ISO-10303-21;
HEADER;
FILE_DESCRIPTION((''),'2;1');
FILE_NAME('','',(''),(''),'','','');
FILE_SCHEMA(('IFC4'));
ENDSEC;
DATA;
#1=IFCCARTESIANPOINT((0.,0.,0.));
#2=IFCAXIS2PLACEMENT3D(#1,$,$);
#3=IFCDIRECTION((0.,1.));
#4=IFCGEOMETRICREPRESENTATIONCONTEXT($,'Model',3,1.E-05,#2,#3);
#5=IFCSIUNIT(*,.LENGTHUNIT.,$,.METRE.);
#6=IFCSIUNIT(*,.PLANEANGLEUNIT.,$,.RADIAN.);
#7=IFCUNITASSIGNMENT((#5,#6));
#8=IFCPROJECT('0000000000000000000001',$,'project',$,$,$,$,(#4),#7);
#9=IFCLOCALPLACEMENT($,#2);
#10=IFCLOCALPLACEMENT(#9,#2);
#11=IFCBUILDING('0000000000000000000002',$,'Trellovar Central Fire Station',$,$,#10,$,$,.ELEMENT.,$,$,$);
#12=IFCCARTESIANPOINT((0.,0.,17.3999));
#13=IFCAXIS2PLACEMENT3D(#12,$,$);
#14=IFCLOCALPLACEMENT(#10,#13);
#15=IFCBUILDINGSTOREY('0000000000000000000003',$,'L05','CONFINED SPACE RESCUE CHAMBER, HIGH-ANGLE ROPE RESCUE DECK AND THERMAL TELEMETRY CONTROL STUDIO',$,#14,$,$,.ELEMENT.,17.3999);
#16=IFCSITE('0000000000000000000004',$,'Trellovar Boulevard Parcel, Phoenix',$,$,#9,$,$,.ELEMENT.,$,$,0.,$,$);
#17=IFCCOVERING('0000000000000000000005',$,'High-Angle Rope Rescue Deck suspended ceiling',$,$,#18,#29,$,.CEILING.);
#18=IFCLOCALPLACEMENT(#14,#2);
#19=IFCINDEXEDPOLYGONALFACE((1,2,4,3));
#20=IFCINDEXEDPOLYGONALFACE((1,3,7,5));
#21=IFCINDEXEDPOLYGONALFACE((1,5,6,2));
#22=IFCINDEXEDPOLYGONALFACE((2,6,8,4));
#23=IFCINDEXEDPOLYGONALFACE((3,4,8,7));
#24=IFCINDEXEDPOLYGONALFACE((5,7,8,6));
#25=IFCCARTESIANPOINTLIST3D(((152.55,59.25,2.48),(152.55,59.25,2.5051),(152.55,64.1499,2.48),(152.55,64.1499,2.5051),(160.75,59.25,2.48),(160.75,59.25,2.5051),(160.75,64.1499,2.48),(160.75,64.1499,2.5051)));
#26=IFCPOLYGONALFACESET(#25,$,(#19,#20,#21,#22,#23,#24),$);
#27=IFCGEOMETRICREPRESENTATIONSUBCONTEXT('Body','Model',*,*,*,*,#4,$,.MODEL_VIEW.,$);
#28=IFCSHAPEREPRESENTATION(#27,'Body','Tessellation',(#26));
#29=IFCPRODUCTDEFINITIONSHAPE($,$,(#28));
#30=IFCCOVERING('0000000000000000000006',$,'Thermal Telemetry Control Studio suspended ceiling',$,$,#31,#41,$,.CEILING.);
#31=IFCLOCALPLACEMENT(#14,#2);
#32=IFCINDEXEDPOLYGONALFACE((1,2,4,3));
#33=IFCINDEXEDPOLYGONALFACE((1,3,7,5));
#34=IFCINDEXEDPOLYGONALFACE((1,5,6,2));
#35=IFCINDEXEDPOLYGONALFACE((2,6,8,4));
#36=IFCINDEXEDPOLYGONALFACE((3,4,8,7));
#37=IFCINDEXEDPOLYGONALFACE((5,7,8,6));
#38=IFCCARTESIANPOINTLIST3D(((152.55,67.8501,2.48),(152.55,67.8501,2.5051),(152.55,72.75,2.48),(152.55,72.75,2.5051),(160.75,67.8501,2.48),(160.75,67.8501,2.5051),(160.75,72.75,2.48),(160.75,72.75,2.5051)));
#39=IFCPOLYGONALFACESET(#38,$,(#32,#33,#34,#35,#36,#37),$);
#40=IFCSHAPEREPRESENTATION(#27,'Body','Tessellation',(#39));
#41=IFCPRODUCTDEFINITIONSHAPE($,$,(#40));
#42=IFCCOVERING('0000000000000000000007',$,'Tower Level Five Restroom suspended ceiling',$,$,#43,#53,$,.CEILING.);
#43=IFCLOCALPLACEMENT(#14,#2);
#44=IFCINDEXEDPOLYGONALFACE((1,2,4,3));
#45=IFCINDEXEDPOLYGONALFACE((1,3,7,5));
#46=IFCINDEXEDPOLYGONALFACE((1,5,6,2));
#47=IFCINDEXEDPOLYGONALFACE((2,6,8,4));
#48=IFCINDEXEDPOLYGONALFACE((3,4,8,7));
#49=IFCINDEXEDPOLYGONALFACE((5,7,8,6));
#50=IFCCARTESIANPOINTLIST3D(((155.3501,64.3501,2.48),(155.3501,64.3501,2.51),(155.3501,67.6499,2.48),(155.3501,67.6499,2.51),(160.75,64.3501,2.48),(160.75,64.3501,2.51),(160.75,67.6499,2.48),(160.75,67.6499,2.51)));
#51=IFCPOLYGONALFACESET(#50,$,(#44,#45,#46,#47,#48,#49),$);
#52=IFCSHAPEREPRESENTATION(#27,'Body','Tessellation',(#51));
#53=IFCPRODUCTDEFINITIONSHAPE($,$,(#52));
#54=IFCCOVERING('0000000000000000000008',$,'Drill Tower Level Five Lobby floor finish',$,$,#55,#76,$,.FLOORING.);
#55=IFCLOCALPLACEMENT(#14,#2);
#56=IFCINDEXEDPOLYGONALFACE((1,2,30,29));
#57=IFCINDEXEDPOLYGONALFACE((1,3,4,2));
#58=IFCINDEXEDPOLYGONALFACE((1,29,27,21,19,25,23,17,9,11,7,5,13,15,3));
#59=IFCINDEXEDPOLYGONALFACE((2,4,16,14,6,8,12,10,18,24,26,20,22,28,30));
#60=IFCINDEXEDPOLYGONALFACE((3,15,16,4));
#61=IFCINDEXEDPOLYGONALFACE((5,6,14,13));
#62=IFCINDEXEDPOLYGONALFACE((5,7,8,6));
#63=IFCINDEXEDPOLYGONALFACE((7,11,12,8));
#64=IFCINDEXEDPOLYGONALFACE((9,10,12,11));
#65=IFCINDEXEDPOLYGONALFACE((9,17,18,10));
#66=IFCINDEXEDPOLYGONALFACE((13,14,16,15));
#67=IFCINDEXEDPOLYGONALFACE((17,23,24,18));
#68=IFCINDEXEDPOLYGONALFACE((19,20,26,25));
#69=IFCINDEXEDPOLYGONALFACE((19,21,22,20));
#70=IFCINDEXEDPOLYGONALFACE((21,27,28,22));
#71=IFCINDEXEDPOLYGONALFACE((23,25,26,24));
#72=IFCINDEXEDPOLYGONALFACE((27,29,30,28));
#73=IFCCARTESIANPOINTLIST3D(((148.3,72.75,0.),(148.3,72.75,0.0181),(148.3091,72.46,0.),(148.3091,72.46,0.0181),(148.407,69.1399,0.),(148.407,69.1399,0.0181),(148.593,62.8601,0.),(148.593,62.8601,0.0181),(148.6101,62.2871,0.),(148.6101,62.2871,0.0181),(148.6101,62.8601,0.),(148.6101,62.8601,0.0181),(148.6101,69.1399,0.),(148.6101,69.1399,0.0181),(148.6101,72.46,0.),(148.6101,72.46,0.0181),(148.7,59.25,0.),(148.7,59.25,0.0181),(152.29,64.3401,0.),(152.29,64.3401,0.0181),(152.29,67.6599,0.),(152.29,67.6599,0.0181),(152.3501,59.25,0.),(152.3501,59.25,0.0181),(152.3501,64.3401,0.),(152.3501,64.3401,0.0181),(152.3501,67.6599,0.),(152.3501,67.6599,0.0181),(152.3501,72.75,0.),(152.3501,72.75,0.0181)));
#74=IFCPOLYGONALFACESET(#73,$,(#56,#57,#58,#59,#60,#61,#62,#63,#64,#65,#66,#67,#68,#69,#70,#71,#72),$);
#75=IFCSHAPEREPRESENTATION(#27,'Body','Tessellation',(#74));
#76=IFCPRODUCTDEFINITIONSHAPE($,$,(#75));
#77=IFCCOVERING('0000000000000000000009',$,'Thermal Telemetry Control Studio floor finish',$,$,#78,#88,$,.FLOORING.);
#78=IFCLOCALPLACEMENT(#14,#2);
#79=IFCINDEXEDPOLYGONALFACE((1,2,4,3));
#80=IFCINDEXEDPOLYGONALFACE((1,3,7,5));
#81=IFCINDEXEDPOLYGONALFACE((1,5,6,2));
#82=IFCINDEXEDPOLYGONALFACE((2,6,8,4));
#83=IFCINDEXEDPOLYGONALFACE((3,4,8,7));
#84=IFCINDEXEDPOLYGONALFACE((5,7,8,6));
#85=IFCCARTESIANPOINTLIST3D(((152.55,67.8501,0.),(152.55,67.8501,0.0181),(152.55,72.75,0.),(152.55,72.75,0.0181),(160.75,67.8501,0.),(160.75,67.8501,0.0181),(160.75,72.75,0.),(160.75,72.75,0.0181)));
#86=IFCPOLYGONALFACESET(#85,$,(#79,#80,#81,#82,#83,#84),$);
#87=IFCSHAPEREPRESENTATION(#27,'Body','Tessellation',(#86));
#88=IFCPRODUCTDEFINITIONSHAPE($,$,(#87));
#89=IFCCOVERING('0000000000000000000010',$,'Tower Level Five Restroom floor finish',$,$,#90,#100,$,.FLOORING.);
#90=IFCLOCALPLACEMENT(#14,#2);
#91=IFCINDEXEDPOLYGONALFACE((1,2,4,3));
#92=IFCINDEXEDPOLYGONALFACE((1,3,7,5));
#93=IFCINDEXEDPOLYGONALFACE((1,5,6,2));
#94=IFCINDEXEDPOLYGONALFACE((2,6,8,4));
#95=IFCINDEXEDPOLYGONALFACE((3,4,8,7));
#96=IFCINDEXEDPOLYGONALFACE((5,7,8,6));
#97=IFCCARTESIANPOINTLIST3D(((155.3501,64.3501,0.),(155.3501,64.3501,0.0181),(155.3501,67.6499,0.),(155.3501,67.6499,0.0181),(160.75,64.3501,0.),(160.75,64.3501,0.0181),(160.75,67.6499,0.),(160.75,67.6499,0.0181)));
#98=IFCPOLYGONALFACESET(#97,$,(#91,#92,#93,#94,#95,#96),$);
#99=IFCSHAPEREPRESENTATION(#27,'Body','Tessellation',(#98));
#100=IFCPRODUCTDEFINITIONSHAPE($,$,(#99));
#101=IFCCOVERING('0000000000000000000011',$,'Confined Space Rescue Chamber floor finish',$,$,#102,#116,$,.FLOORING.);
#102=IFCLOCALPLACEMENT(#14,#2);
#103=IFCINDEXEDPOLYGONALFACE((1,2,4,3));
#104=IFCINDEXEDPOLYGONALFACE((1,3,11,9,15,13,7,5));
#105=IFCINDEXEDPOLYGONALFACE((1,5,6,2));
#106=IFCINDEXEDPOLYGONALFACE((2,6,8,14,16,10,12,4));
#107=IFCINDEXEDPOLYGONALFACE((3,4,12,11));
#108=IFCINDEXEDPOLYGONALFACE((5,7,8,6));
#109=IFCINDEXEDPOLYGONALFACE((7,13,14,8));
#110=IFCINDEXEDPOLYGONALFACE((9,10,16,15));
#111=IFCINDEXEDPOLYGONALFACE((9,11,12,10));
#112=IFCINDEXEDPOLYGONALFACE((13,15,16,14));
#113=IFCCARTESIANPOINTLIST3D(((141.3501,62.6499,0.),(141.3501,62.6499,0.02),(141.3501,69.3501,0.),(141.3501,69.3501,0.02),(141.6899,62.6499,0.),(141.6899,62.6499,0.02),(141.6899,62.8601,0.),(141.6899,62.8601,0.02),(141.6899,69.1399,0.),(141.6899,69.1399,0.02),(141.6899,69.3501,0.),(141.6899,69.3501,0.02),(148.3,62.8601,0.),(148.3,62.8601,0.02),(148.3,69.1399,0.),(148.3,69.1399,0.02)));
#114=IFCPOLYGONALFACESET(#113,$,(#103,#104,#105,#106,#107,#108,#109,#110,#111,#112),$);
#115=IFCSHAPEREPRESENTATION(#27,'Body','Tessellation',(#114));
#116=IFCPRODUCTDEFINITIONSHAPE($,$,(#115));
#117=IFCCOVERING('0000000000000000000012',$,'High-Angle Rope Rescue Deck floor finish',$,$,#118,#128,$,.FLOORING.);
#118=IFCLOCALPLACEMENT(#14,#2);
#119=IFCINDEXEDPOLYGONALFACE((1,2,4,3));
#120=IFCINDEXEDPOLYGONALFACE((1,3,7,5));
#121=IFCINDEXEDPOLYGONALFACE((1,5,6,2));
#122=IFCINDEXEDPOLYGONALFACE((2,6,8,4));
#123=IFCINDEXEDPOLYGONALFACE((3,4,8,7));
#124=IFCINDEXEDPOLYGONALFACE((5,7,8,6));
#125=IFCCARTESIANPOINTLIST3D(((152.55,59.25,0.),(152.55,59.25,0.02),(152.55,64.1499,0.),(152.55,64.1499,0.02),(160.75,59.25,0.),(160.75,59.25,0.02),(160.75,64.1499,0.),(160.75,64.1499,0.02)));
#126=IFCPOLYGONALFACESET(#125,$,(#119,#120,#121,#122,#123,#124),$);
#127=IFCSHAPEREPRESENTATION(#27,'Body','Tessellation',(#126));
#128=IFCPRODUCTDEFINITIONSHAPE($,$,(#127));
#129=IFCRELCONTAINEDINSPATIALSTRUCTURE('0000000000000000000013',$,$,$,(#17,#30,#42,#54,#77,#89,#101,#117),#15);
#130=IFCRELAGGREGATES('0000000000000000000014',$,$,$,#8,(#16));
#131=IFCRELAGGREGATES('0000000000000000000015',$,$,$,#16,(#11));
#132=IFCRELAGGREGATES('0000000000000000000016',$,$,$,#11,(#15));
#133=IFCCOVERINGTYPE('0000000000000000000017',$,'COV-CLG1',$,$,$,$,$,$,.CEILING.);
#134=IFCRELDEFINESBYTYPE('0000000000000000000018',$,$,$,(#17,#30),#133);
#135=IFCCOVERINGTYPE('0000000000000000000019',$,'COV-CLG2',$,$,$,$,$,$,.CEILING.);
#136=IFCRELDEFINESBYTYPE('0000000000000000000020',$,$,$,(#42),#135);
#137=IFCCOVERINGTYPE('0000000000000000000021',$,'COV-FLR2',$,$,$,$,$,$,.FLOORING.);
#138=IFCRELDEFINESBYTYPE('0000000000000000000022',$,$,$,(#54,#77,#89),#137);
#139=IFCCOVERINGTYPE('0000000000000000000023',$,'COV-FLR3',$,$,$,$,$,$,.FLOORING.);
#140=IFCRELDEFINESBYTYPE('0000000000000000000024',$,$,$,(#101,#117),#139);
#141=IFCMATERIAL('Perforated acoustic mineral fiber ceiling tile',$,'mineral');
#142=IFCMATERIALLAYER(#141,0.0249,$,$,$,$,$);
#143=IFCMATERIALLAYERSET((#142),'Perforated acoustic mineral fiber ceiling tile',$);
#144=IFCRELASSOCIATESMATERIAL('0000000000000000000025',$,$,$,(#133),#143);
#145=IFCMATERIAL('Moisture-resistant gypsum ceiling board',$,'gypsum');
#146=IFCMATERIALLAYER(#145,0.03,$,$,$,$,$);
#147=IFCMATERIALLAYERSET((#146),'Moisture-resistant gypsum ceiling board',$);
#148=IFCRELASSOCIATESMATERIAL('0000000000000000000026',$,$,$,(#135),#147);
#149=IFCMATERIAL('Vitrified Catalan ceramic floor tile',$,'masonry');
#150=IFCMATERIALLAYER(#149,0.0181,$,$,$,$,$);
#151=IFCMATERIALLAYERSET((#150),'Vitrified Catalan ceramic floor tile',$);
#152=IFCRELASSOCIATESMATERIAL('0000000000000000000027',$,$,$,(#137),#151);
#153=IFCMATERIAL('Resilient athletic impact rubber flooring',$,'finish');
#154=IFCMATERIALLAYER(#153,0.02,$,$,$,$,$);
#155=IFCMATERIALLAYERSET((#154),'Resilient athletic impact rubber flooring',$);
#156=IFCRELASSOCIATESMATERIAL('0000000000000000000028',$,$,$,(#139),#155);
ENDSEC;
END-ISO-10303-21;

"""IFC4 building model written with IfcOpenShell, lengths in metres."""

from ifc_helpers import new_model, si_unit, direction, frame, origin, place, context, subcontext, project, spatial, polyline, outline, extrude, material, layer, layer_set, type_object, element, save


model = new_model("IFC4")

# Units and contexts
model_context = context("Model", 3, precision=1e-05, world=origin(), true_north=direction((0.0, 1.0)))
body_context = subcontext(model_context, "Body", "Model", "MODEL_VIEW")
ifc_project = project(units=[si_unit("LENGTHUNIT", "METRE"), si_unit("PLANEANGLEUNIT", "RADIAN")], contexts=[model_context])

# Site, building, storey
site_placement = place(None, origin())
site = spatial("IfcSite", under=ifc_project, at=site_placement, Name="Trellovar Boulevard Parcel, Phoenix", CompositionType="ELEMENT", RefElevation=0.0)
building_placement = place(site_placement, origin())
building = spatial("IfcBuilding", under=site, at=building_placement, Name="Trellovar Central Fire Station", CompositionType="ELEMENT")
storey_placement = place(building_placement, frame((0.0, 0.0, 17.3999)))
storey = spatial("IfcBuildingStorey", under=building, at=storey_placement, Name="L05", Description="CONFINED SPACE RESCUE CHAMBER, HIGH-ANGLE ROPE RESCUE DECK AND THERMAL TELEMETRY CONTROL STUDIO", CompositionType="ELEMENT", Elevation=17.3999)

# Coverings
ifc_material_1 = material(Name="Perforated acoustic mineral fiber ceiling tile", Category="mineral")
ifc_layer_1 = layer(ifc_material_1, 0.0249)
ifc_layer_set_1 = layer_set([ifc_layer_1], Name="Perforated acoustic mineral fiber ceiling tile")
covering_type_1 = type_object("IfcCoveringType", Name="COV-CLG1", PredefinedType="CEILING", material=ifc_layer_set_1)
covering_1_placement = place(storey_placement, frame((0.0, 0.0, 2.48)))
element("IfcCovering", 1, at=covering_1_placement, inside=storey, type_object=covering_type_1, Name="High-Angle Rope Rescue Deck suspended ceiling", PredefinedType="CEILING", context=body_context, shape_type="SweptSolid", body=[
    extrude(outline(polyline([(160.75, 59.25), (152.55, 59.25), (152.55, 64.1499), (160.75, 64.1499), (160.75, 59.25)])), origin(), (0.0, 0.0, 1.0), 0.0251),
])
covering_2_placement = place(storey_placement, frame((0.0, 0.0, 2.48)))
element("IfcCovering", 2, at=covering_2_placement, inside=storey, type_object=covering_type_1, Name="Thermal Telemetry Control Studio suspended ceiling", PredefinedType="CEILING", context=body_context, shape_type="SweptSolid", body=[
    extrude(outline(polyline([(160.75, 67.8501), (152.55, 67.8501), (152.55, 72.75), (160.75, 72.75), (160.75, 67.8501)])), origin(), (0.0, 0.0, 1.0), 0.0251),
])
ifc_material_2 = material(Name="Moisture-resistant gypsum ceiling board", Category="gypsum")
ifc_layer_2 = layer(ifc_material_2, 0.03)
ifc_layer_set_2 = layer_set([ifc_layer_2], Name="Moisture-resistant gypsum ceiling board")
covering_type_2 = type_object("IfcCoveringType", Name="COV-CLG2", PredefinedType="CEILING", material=ifc_layer_set_2)
covering_3_placement = place(storey_placement, frame((0.0, 0.0, 2.48)))
element("IfcCovering", 3, at=covering_3_placement, inside=storey, type_object=covering_type_2, Name="Tower Level Five Restroom suspended ceiling", PredefinedType="CEILING", context=body_context, shape_type="SweptSolid", body=[
    extrude(outline(polyline([(160.75, 64.3501), (155.3501, 64.3501), (155.3501, 67.6499), (160.75, 67.6499), (160.75, 64.3501)])), origin(), (0.0, 0.0, 1.0), 0.03),
])
ifc_material_3 = material(Name="Vitrified Catalan ceramic floor tile", Category="masonry")
ifc_layer_3 = layer(ifc_material_3, 0.0181)
ifc_layer_set_3 = layer_set([ifc_layer_3], Name="Vitrified Catalan ceramic floor tile")
covering_type_3 = type_object("IfcCoveringType", Name="COV-FLR2", PredefinedType="FLOORING", material=ifc_layer_set_3)
covering_4_placement = place(storey_placement, origin())
element("IfcCovering", 4, at=covering_4_placement, inside=storey, type_object=covering_type_3, Name="Drill Tower Level Five Lobby floor finish", PredefinedType="FLOORING", context=body_context, shape_type="SweptSolid", body=[
    extrude(outline(polyline([(152.3501, 67.6599), (152.29, 67.6599), (152.29, 64.3401), (152.3501, 64.3401), (152.3501, 59.25), (148.7, 59.25), (148.6101, 62.2871), (148.6101, 62.8601), (148.593, 62.8601), (148.407, 69.1399), (148.6101, 69.1399), (148.6101, 72.46), (148.3091, 72.46), (148.3, 72.75), (152.3501, 72.75), (152.3501, 67.6599)])), origin(), (0.0, 0.0, 1.0), 0.0181),
])
covering_5_placement = place(storey_placement, origin())
element("IfcCovering", 5, at=covering_5_placement, inside=storey, type_object=covering_type_3, Name="Thermal Telemetry Control Studio floor finish", PredefinedType="FLOORING", context=body_context, shape_type="SweptSolid", body=[
    extrude(outline(polyline([(160.75, 67.8501), (152.55, 67.8501), (152.55, 72.75), (160.75, 72.75), (160.75, 67.8501)])), origin(), (0.0, 0.0, 1.0), 0.0181),
])
covering_6_placement = place(storey_placement, origin())
element("IfcCovering", 6, at=covering_6_placement, inside=storey, type_object=covering_type_3, Name="Tower Level Five Restroom floor finish", PredefinedType="FLOORING", context=body_context, shape_type="SweptSolid", body=[
    extrude(outline(polyline([(160.75, 64.3501), (155.3501, 64.3501), (155.3501, 67.6499), (160.75, 67.6499), (160.75, 64.3501)])), origin(), (0.0, 0.0, 1.0), 0.0181),
])
ifc_material_4 = material(Name="Resilient athletic impact rubber flooring", Category="finish")
ifc_layer_4 = layer(ifc_material_4, 0.02)
ifc_layer_set_4 = layer_set([ifc_layer_4], Name="Resilient athletic impact rubber flooring")
covering_type_4 = type_object("IfcCoveringType", Name="COV-FLR3", PredefinedType="FLOORING", material=ifc_layer_set_4)
covering_7_placement = place(storey_placement, origin())
element("IfcCovering", 7, at=covering_7_placement, inside=storey, type_object=covering_type_4, Name="Confined Space Rescue Chamber floor finish", PredefinedType="FLOORING", context=body_context, shape_type="SweptSolid", body=[
    extrude(outline(polyline([(141.6899, 69.3501), (141.6899, 69.1399), (148.3, 69.1399), (148.3, 62.8601), (141.6899, 62.8601), (141.6899, 62.6499), (141.3501, 62.6499), (141.3501, 69.3501), (141.6899, 69.3501)])), origin(), (0.0, 0.0, 1.0), 0.02),
])
covering_8_placement = place(storey_placement, origin())
element("IfcCovering", 8, at=covering_8_placement, inside=storey, type_object=covering_type_4, Name="High-Angle Rope Rescue Deck floor finish", PredefinedType="FLOORING", context=body_context, shape_type="SweptSolid", body=[
    extrude(outline(polyline([(160.75, 59.25), (152.55, 59.25), (152.55, 64.1499), (160.75, 64.1499), (160.75, 59.25)])), origin(), (0.0, 0.0, 1.0), 0.02),
])

save(model, "model.ifc")
